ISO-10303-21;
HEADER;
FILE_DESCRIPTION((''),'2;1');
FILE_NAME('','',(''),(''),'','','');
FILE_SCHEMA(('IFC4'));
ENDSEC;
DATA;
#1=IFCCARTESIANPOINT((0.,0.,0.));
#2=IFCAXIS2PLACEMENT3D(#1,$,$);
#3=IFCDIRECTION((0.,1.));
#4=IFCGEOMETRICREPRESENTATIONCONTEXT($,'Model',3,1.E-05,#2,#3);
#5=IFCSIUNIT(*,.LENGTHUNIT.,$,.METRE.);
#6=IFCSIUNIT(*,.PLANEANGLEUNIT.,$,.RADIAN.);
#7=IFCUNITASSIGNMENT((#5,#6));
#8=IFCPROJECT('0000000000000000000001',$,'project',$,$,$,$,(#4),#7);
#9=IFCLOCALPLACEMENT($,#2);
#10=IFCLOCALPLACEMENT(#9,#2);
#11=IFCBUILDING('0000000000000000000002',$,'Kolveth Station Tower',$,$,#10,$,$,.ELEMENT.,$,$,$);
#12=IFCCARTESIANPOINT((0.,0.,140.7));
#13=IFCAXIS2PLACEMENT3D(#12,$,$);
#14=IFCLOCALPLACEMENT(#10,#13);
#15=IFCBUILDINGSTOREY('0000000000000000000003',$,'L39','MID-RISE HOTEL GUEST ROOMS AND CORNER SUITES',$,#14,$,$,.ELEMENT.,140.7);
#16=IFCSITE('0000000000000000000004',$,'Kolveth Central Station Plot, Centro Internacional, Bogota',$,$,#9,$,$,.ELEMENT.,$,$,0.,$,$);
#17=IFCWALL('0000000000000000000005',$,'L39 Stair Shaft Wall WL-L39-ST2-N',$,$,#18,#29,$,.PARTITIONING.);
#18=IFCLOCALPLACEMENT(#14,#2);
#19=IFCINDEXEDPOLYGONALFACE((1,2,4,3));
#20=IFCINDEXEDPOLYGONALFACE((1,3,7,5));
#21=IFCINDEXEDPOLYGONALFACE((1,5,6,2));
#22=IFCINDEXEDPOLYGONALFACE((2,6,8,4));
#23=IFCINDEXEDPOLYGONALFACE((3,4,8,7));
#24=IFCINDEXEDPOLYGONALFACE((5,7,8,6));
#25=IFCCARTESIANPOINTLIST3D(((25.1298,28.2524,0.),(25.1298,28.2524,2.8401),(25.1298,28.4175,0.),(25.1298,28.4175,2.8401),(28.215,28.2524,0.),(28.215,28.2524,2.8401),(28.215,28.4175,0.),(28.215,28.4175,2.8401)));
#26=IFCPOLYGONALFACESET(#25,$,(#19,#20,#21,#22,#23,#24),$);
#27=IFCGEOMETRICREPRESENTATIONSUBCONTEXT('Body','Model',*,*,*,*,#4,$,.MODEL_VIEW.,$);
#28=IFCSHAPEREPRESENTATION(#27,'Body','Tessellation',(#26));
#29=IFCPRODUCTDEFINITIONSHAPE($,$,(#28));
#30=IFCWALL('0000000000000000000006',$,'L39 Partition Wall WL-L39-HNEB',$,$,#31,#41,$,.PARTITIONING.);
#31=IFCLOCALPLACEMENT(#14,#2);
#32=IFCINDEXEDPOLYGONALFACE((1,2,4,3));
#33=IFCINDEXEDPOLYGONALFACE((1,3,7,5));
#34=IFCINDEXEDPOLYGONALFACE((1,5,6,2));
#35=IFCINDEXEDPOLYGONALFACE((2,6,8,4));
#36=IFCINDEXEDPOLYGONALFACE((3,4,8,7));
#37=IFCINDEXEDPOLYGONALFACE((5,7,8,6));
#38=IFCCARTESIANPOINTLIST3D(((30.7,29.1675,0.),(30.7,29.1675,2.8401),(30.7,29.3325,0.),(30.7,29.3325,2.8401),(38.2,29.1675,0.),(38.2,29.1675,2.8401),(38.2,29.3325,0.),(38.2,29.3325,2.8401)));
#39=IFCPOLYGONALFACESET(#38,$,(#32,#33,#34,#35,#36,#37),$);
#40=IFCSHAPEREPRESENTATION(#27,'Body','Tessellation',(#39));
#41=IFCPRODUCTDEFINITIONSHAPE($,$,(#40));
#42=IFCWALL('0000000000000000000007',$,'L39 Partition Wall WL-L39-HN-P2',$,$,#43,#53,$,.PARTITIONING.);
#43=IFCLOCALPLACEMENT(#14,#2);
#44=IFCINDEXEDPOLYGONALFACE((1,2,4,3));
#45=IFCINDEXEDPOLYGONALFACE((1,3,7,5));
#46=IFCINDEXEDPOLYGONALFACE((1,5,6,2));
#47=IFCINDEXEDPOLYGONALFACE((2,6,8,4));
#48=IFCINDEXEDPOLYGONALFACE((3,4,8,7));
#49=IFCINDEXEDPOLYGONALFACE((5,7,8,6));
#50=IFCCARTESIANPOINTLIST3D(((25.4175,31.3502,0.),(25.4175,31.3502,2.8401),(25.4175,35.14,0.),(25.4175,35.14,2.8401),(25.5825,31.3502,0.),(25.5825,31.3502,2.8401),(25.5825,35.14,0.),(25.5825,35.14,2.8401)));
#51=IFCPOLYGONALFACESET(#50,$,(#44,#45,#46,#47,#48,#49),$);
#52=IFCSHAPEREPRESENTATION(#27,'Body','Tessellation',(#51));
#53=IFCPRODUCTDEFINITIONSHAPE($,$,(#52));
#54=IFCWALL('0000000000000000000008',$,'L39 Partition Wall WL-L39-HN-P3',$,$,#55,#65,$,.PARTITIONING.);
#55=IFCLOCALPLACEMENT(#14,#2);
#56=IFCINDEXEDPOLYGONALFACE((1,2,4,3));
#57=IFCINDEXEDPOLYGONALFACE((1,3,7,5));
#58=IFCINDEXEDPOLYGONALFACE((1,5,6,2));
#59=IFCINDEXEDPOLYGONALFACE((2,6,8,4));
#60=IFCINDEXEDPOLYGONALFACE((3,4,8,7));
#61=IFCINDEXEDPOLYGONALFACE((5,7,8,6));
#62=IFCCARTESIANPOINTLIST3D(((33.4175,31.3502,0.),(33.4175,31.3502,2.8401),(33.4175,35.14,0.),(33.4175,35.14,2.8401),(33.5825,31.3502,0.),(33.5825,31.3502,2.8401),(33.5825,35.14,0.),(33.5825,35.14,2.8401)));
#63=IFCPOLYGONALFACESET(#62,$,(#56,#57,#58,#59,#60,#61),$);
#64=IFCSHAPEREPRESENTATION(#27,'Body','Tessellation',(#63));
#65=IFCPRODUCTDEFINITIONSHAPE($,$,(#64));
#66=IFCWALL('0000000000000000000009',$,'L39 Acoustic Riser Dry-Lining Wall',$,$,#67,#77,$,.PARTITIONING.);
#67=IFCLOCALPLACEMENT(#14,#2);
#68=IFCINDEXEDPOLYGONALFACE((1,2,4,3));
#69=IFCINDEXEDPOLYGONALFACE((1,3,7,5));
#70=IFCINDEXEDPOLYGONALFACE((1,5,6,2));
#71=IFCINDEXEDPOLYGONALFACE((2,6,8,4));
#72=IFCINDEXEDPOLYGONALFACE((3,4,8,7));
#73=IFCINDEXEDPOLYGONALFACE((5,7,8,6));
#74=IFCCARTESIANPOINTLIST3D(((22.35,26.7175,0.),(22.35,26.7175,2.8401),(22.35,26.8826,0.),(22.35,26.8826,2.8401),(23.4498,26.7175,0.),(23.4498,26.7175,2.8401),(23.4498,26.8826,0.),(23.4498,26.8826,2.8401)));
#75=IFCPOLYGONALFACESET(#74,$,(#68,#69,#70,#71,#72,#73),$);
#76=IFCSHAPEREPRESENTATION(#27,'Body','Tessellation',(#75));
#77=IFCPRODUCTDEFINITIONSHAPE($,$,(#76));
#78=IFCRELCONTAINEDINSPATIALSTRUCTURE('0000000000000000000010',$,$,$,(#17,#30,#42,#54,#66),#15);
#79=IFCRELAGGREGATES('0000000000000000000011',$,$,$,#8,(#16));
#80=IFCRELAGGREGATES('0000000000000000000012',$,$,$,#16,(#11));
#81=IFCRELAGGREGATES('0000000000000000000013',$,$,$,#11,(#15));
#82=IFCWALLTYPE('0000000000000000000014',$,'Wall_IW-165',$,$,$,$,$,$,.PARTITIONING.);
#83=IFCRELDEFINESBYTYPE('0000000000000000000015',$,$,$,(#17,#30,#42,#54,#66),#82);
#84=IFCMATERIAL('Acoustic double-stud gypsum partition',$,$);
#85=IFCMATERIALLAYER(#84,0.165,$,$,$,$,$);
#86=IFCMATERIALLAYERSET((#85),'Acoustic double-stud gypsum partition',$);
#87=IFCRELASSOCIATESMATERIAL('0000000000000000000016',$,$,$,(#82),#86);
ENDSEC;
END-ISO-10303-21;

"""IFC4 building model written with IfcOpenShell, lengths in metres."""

from ifc_helpers import new_model, si_unit, direction, frame, frame_2d, origin, place, context, subcontext, project, spatial, rectangle, extrude, material, layer, layer_set, type_object, element, save


model = new_model("IFC4")

# Units and contexts
model_context = context("Model", 3, precision=1e-05, world=origin(), true_north=direction((0.0, 1.0)))
body_context = subcontext(model_context, "Body", "Model", "MODEL_VIEW")
ifc_project = project(units=[si_unit("LENGTHUNIT", "METRE"), si_unit("PLANEANGLEUNIT", "RADIAN")], contexts=[model_context])

# Site, building, storey
site_placement = place(None, origin())
site = spatial("IfcSite", under=ifc_project, at=site_placement, Name="Kolveth Central Station Plot, Centro Internacional, Bogota", CompositionType="ELEMENT", RefElevation=0.0)
building_placement = place(site_placement, origin())
building = spatial("IfcBuilding", under=site, at=building_placement, Name="Kolveth Station Tower", CompositionType="ELEMENT")
storey_placement = place(building_placement, frame((0.0, 0.0, 140.7)))
storey = spatial("IfcBuildingStorey", under=building, at=storey_placement, Name="L39", Description="MID-RISE HOTEL GUEST ROOMS AND CORNER SUITES", CompositionType="ELEMENT", Elevation=140.7)

# Walls
ifc_material_1 = material(Name="Acoustic double-stud gypsum partition")
ifc_layer_1 = layer(ifc_material_1, 0.165)
ifc_layer_set_1 = layer_set([ifc_layer_1], Name="Acoustic double-stud gypsum partition")
wall_type = type_object("IfcWallType", Name="Wall_IW-165", PredefinedType="PARTITIONING", material=ifc_layer_set_1)
wall_1_placement = place(storey_placement, frame((25.1299, 28.335, 0.0), z_axis=(0.0, 0.0, 1.0), x_axis=(1.0, 0.0, 0.0)))
element("IfcWall", 1, at=wall_1_placement, inside=storey, type_object=wall_type, Name="L39 Stair Shaft Wall WL-L39-ST2-N", PredefinedType="PARTITIONING", context=body_context, shape_type="SweptSolid", body=[
    extrude(rectangle(XDim=3.0852, YDim=0.165, at=frame_2d((1.5425, 0.0))), origin(), (0.0, 0.0, 1.0), 2.8401),
])
wall_2_placement = place(storey_placement, frame((30.7, 29.25, 0.0), z_axis=(0.0, 0.0, 1.0), x_axis=(1.0, 0.0, 0.0)))
element("IfcWall", 2, at=wall_2_placement, inside=storey, type_object=wall_type, Name="L39 Partition Wall WL-L39-HNEB", PredefinedType="PARTITIONING", context=body_context, shape_type="SweptSolid", body=[
    extrude(rectangle(XDim=7.5, YDim=0.165, at=frame_2d((3.75, 0.0))), origin(), (0.0, 0.0, 1.0), 2.8401),
])

# Walls
for number, where, z_axis, x_axis, name in (
    (3, (25.5, 31.3501, 0.0), (0.0, 0.0, 1.0), (0.0, 1.0, 0.0), "L39 Partition Wall WL-L39-HN-P2"),
    (4, (33.5, 31.3501, 0.0), (0.0, 0.0, 1.0), (0.0, 1.0, 0.0), "L39 Partition Wall WL-L39-HN-P3"),
):
    element("IfcWall", number, at=place(storey_placement, frame(where, z_axis=z_axis, x_axis=x_axis)), inside=storey, type_object=wall_type, Name=name, PredefinedType="PARTITIONING", context=body_context, shape_type="SweptSolid", body=[
        extrude(rectangle(XDim=3.7898, YDim=0.165, at=frame_2d((1.895, 0.0))), origin(), (0.0, 0.0, 1.0), 2.8401),
    ])
wall_3_placement = place(storey_placement, frame((22.3501, 26.8, 0.0), z_axis=(0.0, 0.0, 1.0), x_axis=(1.0, 0.0, 0.0)))
element("IfcWall", 5, at=wall_3_placement, inside=storey, type_object=wall_type, Name="L39 Acoustic Riser Dry-Lining Wall", PredefinedType="PARTITIONING", context=body_context, shape_type="SweptSolid", body=[
    extrude(rectangle(XDim=1.0999, YDim=0.165, at=frame_2d((0.5498, 0.0))), origin(), (0.0, 0.0, 1.0), 2.8401),
])

save(model, "model.ifc")
